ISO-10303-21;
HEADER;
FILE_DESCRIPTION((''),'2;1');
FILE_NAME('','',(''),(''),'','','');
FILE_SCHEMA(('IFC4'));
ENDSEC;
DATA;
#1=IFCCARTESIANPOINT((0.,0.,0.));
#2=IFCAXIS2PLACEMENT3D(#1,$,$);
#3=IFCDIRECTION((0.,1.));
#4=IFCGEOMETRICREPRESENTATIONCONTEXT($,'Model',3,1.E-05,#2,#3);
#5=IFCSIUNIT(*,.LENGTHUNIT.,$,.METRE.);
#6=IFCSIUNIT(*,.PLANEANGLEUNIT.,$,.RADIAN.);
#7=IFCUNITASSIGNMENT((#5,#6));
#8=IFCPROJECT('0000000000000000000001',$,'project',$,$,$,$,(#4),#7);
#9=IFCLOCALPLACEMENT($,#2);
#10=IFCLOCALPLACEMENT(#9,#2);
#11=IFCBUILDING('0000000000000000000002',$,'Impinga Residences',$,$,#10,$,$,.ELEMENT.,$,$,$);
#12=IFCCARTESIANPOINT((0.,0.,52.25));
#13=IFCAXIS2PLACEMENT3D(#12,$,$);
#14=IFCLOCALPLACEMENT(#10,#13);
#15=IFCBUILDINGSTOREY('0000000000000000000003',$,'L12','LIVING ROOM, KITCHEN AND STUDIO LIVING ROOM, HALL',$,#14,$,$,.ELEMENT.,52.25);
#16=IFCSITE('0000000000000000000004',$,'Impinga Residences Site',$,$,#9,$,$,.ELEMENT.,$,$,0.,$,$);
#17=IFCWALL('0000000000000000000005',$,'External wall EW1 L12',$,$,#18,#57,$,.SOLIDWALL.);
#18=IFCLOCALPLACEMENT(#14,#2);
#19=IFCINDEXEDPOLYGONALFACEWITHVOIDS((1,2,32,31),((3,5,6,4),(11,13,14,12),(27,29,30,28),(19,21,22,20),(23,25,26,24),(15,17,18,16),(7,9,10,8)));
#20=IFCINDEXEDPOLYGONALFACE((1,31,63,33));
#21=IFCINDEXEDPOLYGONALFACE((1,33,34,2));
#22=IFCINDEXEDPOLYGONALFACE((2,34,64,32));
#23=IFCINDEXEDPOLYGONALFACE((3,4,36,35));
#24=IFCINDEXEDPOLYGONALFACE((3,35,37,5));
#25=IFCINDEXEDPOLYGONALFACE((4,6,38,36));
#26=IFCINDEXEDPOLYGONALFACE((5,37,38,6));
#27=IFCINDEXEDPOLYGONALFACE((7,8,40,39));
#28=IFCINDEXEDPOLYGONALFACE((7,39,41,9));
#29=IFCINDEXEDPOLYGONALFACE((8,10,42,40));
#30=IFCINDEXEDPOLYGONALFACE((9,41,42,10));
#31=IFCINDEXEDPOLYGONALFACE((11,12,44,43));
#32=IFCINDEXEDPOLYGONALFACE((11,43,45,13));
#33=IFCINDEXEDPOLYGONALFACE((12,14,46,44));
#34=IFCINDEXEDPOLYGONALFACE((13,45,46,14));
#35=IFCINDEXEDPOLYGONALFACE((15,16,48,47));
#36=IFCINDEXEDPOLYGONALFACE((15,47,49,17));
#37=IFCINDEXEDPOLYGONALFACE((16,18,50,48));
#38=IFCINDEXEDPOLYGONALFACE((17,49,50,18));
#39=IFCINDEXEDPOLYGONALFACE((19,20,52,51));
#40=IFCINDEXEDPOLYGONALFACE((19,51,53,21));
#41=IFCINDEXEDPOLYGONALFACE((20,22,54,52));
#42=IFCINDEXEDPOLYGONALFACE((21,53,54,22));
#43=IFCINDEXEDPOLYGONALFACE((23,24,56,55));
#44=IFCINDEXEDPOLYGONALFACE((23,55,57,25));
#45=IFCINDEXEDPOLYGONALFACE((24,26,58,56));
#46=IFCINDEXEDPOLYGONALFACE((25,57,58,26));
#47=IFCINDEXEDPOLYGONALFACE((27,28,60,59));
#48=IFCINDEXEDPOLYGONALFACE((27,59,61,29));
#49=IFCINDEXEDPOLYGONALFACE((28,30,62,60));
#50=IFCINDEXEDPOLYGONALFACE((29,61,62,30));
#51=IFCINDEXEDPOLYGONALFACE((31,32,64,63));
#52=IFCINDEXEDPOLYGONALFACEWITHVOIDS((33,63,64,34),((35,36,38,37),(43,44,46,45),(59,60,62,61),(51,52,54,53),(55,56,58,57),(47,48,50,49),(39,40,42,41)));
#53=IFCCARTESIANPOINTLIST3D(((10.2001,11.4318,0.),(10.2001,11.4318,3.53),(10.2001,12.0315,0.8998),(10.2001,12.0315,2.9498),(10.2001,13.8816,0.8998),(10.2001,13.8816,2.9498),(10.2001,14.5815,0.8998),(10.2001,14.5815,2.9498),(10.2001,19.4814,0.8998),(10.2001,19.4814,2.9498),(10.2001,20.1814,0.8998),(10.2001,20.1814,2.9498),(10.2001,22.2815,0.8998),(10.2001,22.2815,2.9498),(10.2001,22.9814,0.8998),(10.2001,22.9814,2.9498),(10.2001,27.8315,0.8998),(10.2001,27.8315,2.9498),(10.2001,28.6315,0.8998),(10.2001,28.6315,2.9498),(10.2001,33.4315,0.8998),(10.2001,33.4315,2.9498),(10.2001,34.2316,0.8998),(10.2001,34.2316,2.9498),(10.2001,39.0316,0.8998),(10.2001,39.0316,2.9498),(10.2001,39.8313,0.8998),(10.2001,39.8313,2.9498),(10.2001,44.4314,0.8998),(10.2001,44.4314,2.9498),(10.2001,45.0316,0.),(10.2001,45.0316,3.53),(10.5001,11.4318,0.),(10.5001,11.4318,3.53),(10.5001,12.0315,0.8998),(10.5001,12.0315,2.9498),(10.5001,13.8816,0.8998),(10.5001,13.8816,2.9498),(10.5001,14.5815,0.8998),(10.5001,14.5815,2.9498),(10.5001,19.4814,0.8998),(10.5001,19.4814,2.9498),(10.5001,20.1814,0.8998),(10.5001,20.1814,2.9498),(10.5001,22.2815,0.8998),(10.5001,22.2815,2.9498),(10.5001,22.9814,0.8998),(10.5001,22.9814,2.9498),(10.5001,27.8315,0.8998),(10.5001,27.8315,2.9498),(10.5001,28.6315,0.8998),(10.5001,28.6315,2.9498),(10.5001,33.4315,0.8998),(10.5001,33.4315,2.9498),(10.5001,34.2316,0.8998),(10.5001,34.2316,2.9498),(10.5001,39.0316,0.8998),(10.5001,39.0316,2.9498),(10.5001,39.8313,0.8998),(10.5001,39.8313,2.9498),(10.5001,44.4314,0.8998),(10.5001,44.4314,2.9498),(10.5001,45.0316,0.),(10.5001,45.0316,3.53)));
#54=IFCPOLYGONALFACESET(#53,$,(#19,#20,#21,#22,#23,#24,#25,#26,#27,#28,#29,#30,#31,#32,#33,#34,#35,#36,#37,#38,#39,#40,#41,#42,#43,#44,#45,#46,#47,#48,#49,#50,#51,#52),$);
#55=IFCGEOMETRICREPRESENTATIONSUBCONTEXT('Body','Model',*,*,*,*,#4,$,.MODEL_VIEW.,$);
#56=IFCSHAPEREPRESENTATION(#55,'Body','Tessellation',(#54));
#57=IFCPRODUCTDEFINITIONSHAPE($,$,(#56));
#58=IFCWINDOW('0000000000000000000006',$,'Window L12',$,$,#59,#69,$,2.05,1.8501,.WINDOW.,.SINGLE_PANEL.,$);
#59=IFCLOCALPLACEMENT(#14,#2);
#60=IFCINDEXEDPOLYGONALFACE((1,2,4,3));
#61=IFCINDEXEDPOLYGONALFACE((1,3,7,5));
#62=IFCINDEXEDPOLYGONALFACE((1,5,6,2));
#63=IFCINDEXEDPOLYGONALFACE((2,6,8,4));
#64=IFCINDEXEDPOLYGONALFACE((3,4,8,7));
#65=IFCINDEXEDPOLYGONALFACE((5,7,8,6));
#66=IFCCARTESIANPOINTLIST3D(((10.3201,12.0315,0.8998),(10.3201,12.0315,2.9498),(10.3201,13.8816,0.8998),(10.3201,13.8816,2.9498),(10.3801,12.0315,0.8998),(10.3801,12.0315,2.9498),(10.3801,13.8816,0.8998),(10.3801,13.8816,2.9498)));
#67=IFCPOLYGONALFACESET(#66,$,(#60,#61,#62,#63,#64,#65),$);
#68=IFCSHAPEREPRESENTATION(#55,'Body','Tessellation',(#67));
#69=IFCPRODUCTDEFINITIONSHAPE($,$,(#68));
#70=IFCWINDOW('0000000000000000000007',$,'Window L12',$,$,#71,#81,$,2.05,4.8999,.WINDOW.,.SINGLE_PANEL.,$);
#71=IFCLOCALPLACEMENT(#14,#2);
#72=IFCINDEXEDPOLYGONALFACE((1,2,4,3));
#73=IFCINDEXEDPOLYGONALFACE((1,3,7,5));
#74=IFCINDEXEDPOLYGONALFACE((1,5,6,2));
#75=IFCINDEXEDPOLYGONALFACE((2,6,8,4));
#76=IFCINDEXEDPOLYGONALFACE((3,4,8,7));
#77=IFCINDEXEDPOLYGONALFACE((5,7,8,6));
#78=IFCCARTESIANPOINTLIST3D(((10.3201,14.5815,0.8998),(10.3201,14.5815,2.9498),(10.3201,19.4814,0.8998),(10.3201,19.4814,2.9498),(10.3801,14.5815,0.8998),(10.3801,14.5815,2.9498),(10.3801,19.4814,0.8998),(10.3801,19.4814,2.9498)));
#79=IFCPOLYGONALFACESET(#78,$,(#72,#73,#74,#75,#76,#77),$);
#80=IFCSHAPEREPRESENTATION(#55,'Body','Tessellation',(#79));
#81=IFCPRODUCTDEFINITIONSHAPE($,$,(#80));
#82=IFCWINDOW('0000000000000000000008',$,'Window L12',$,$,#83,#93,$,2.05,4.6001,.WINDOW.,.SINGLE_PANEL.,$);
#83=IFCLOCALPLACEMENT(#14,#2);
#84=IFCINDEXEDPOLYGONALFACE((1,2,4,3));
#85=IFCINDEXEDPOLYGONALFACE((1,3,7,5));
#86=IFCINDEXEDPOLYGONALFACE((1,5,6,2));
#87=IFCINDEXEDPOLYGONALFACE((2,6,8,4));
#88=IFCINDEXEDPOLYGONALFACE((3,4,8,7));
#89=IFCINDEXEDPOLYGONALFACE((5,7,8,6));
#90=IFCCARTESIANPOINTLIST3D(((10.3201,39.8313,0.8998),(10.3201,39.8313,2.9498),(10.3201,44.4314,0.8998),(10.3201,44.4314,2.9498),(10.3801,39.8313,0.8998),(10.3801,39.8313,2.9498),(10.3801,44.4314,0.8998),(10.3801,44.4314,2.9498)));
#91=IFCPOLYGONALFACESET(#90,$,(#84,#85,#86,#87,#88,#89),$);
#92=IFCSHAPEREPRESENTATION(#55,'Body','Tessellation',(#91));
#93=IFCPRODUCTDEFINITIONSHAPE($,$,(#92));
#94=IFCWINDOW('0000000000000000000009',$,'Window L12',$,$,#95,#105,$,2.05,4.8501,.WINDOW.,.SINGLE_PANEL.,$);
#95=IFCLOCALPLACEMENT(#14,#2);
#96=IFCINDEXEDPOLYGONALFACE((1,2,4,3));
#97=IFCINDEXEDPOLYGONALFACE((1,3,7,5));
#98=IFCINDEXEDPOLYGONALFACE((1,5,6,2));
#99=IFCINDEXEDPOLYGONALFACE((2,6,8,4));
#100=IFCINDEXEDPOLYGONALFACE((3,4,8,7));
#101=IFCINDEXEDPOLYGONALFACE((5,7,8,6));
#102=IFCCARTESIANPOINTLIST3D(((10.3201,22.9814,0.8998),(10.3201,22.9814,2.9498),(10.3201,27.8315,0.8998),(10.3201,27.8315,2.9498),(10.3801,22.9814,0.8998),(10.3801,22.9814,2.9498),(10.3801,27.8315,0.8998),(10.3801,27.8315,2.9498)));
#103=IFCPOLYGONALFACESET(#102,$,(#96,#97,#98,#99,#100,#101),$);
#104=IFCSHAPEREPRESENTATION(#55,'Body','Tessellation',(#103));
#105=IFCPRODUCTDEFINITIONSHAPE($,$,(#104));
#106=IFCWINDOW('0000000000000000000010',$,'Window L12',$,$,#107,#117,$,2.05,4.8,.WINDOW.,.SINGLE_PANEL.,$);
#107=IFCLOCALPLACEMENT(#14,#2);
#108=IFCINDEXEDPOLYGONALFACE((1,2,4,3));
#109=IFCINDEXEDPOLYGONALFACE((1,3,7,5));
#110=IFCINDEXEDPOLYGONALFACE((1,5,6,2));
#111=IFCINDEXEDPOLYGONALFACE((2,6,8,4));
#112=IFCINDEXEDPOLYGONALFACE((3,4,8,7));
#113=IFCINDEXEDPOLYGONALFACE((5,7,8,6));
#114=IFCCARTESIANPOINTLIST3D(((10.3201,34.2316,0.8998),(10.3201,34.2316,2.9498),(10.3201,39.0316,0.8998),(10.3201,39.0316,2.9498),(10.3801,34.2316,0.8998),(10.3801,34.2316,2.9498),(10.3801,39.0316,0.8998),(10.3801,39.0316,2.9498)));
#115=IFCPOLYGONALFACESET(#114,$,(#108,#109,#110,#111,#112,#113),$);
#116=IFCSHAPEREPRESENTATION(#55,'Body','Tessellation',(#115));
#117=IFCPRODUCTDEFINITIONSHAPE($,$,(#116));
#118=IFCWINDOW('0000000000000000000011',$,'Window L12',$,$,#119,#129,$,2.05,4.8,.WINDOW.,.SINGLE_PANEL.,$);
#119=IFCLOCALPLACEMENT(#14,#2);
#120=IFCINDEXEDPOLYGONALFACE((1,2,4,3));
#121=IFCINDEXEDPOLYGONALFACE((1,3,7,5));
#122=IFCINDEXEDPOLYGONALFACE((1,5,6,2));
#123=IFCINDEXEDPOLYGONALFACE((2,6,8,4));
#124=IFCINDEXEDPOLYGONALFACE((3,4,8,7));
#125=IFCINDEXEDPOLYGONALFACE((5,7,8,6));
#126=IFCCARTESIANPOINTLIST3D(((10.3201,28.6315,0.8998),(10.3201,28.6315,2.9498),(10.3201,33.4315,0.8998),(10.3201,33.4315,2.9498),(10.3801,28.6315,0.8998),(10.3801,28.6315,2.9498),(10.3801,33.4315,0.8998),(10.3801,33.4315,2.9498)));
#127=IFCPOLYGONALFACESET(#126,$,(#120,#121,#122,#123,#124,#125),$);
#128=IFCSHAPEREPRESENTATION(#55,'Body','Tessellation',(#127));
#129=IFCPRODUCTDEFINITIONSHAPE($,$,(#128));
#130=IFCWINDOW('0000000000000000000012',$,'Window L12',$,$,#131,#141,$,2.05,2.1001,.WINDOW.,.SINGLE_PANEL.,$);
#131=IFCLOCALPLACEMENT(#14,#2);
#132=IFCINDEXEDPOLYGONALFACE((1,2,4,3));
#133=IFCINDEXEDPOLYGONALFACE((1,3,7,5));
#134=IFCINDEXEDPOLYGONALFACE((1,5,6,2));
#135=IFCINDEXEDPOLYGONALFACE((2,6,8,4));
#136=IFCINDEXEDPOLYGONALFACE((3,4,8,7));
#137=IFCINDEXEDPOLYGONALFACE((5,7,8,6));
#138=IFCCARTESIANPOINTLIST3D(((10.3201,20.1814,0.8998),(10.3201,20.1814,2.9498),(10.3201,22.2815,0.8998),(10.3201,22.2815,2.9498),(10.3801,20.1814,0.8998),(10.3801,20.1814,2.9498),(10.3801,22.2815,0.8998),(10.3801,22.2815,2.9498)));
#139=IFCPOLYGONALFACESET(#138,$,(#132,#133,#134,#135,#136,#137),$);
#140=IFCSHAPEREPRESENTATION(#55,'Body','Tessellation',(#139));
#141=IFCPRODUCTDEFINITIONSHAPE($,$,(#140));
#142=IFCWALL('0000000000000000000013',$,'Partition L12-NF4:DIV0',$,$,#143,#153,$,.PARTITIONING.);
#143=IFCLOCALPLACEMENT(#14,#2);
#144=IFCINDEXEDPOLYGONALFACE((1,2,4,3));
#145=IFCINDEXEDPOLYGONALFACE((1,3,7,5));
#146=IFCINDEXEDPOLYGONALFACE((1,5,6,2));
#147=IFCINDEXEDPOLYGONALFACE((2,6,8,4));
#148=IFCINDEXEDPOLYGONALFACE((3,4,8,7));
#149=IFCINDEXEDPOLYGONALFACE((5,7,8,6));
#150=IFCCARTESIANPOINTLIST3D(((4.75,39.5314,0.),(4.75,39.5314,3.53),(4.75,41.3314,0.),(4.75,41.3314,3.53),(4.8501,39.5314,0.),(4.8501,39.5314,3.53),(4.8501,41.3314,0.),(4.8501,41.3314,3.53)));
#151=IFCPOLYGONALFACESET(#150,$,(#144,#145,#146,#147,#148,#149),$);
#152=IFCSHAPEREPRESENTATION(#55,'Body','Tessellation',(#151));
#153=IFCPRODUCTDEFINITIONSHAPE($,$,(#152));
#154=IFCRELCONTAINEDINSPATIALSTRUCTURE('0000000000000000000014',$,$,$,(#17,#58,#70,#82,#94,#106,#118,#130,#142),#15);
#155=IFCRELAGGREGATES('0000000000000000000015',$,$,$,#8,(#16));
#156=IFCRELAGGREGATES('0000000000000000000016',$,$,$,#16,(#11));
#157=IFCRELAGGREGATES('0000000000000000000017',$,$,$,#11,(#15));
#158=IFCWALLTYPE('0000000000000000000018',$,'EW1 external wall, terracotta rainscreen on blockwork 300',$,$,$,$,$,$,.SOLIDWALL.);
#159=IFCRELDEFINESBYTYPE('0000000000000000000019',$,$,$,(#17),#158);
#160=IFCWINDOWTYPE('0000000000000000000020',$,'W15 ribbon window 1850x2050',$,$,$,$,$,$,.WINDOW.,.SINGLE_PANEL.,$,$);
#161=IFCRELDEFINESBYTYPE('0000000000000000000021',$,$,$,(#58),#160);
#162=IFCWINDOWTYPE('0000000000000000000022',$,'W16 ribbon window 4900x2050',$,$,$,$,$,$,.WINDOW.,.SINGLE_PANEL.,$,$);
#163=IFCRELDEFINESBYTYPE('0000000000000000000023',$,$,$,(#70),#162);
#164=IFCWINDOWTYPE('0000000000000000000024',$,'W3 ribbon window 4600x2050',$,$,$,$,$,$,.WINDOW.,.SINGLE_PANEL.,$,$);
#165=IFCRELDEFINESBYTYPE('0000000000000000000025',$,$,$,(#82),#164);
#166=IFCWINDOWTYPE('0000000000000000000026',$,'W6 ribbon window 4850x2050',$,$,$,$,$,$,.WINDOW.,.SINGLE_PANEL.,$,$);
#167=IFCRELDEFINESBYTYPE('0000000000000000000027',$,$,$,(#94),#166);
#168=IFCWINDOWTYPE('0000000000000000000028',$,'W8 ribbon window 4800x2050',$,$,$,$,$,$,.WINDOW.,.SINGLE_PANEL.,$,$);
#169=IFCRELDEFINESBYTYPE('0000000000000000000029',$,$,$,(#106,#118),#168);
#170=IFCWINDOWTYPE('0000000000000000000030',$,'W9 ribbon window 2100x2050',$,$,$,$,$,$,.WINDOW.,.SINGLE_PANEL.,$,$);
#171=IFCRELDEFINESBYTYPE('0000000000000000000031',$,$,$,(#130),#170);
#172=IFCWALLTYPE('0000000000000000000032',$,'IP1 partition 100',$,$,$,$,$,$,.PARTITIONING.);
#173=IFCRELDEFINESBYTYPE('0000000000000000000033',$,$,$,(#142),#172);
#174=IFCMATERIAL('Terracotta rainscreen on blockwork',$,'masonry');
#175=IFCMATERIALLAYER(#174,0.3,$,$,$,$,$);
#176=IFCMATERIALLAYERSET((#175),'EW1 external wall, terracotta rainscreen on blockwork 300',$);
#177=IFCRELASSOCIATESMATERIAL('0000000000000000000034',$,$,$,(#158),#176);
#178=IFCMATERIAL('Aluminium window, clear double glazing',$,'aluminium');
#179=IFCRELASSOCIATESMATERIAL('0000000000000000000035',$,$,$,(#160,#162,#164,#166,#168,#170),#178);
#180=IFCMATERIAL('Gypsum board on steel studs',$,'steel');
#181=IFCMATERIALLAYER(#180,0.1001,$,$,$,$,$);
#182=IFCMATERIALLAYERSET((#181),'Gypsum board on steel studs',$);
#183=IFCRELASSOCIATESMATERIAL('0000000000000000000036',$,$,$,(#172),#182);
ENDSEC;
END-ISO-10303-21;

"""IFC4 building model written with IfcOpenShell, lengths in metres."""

from ifc_helpers import new_model, si_unit, direction, frame, frame_2d, origin, place, context, subcontext, project, spatial, rectangle, extrude, material, layer, layer_set, type_object, element, fill, save


model = new_model("IFC4")

# Units and contexts
model_context = context("Model", 3, precision=1e-05, world=origin(), true_north=direction((0.0, 1.0)))
body_context = subcontext(model_context, "Body", "Model", "MODEL_VIEW")
ifc_project = project(units=[si_unit("LENGTHUNIT", "METRE"), si_unit("PLANEANGLEUNIT", "RADIAN")], contexts=[model_context])

# Site, building, storey
site_placement = place(None, origin())
site = spatial("IfcSite", under=ifc_project, at=site_placement, Name="Impinga Residences Site", CompositionType="ELEMENT", RefElevation=0.0)
building_placement = place(site_placement, origin())
building = spatial("IfcBuilding", under=site, at=building_placement, Name="Impinga Residences", CompositionType="ELEMENT")
storey_placement = place(building_placement, frame((0.0, 0.0, 52.25)))
storey = spatial("IfcBuildingStorey", under=building, at=storey_placement, Name="L12", Description="LIVING ROOM, KITCHEN AND STUDIO LIVING ROOM, HALL", CompositionType="ELEMENT", Elevation=52.25)

# Shared definitions
ifc_material_1 = material(Name="Terracotta rainscreen on blockwork", Category="masonry")
ifc_layer_1 = layer(ifc_material_1, 0.3)
ifc_layer_set_1 = layer_set([ifc_layer_1], Name="EW1 external wall, terracotta rainscreen on blockwork 300")
wall_type_1 = type_object("IfcWallType", Name="EW1 external wall, terracotta rainscreen on blockwork 300", PredefinedType="SOLIDWALL", material=ifc_layer_set_1)

# Wall, openings, windows
wall_1_placement = place(storey_placement, frame((10.3501, 45.0315, 0.0), z_axis=(0.0, 0.0, 1.0), x_axis=(0.0, -1.0, 0.0)))
wall_1 = element("IfcWall", 1, at=wall_1_placement, inside=storey, type_object=wall_type_1, Name="External wall EW1 L12", PredefinedType="SOLIDWALL", context=body_context, shape_type="SweptSolid", body=[
    extrude(rectangle(XDim=33.5999, YDim=0.3, at=frame_2d((16.7998, 0.0))), origin(), (0.0, 0.0, 1.0), 3.53),
])
opening_1_placement = place(wall_1_placement, frame((0.6001, 0.0, 0.8999)))
opening_1 = element("IfcOpeningElement", 2, at=opening_1_placement, cuts=wall_1, PredefinedType="OPENING", context=body_context, shape_type="SweptSolid", body=[
    extrude(rectangle(XDim=4.6001, YDim=2.05, at=frame_2d((2.3, 1.0249))), frame((0.0, 0.1599, 0.0), z_axis=(0.0, -1.0, 0.0), x_axis=(1.0, 0.0, 0.0)), (0.0, 0.0, 1.0), 0.3201),
])
opening_2_placement = place(wall_1_placement, frame((6.0, 0.0, 0.8999)))
opening_2 = element("IfcOpeningElement", 3, at=opening_2_placement, cuts=wall_1, PredefinedType="OPENING", context=body_context, shape_type="SweptSolid", body=[
    extrude(rectangle(XDim=4.8, YDim=2.05, at=frame_2d((2.3999, 1.0249))), frame((0.0, 0.1599, 0.0), z_axis=(0.0, -1.0, 0.0), x_axis=(1.0, 0.0, 0.0)), (0.0, 0.0, 1.0), 0.3201),
])
opening_3_placement = place(wall_1_placement, frame((11.6001, 0.0, 0.8999)))
opening_3 = element("IfcOpeningElement", 4, at=opening_3_placement, cuts=wall_1, PredefinedType="OPENING", context=body_context, shape_type="SweptSolid", body=[
    extrude(rectangle(XDim=4.8, YDim=2.05, at=frame_2d((2.3999, 1.0249))), frame((0.0, 0.1599, 0.0), z_axis=(0.0, -1.0, 0.0), x_axis=(1.0, 0.0, 0.0)), (0.0, 0.0, 1.0), 0.3201),
])
opening_4_placement = place(wall_1_placement, frame((17.2, 0.0, 0.8999)))
opening_4 = element("IfcOpeningElement", 5, at=opening_4_placement, cuts=wall_1, PredefinedType="OPENING", context=body_context, shape_type="SweptSolid", body=[
    extrude(rectangle(XDim=4.8501, YDim=2.05, at=frame_2d((2.425, 1.0249))), frame((0.0, 0.1599, 0.0), z_axis=(0.0, -1.0, 0.0), x_axis=(1.0, 0.0, 0.0)), (0.0, 0.0, 1.0), 0.3201),
])
opening_5_placement = place(wall_1_placement, frame((22.75, 0.0, 0.8999)))
opening_5 = element("IfcOpeningElement", 6, at=opening_5_placement, cuts=wall_1, PredefinedType="OPENING", context=body_context, shape_type="SweptSolid", body=[
    extrude(rectangle(XDim=2.1001, YDim=2.05, at=frame_2d((1.05, 1.0249))), frame((0.0, 0.1599, 0.0), z_axis=(0.0, -1.0, 0.0), x_axis=(1.0, 0.0, 0.0)), (0.0, 0.0, 1.0), 0.3201),
])
opening_6_placement = place(wall_1_placement, frame((25.55, 0.0, 0.8999)))
opening_6 = element("IfcOpeningElement", 7, at=opening_6_placement, cuts=wall_1, PredefinedType="OPENING", context=body_context, shape_type="SweptSolid", body=[
    extrude(rectangle(XDim=4.8999, YDim=2.05, at=frame_2d((2.45, 1.0249))), frame((0.0, 0.1599, 0.0), z_axis=(0.0, -1.0, 0.0), x_axis=(1.0, 0.0, 0.0)), (0.0, 0.0, 1.0), 0.3201),
])
opening_7_placement = place(wall_1_placement, frame((31.1499, 0.0, 0.8999)))
opening_7 = element("IfcOpeningElement", 8, at=opening_7_placement, cuts=wall_1, PredefinedType="OPENING", context=body_context, shape_type="SweptSolid", body=[
    extrude(rectangle(XDim=1.8501, YDim=2.05, at=frame_2d((0.925, 1.0249))), frame((0.0, 0.1599, 0.0), z_axis=(0.0, -1.0, 0.0), x_axis=(1.0, 0.0, 0.0)), (0.0, 0.0, 1.0), 0.3201),
])
ifc_material_2 = material(Name="Aluminium window, clear double glazing", Category="aluminium")
window_type_1 = type_object("IfcWindowType", Name="W15 ribbon window 1850x2050", PartitioningType="SINGLE_PANEL", PredefinedType="WINDOW", material=ifc_material_2)
window_1_placement = place(opening_7_placement, origin())
window_1 = element("IfcWindow", 9, at=window_1_placement, inside=storey, type_object=window_type_1, Name="Window L12", OverallHeight=2.05, OverallWidth=1.8501, PartitioningType="SINGLE_PANEL", PredefinedType="WINDOW", context=body_context, shape_type="SweptSolid", body=[
    extrude(rectangle(XDim=1.8501, YDim=2.05, at=frame_2d((0.925, 1.0249))), frame((0.0, 0.03, 0.0), z_axis=(0.0, -1.0, 0.0), x_axis=(1.0, 0.0, 0.0)), (0.0, 0.0, 1.0), 0.0601),
])
fill(opening_7, window_1)
window_type_2 = type_object("IfcWindowType", Name="W16 ribbon window 4900x2050", PartitioningType="SINGLE_PANEL", PredefinedType="WINDOW", material=ifc_material_2)
window_2_placement = place(opening_6_placement, origin())
window_2 = element("IfcWindow", 10, at=window_2_placement, inside=storey, type_object=window_type_2, Name="Window L12", OverallHeight=2.05, OverallWidth=4.8999, PartitioningType="SINGLE_PANEL", PredefinedType="WINDOW", context=body_context, shape_type="SweptSolid", body=[
    extrude(rectangle(XDim=4.8999, YDim=2.05, at=frame_2d((2.45, 1.0249))), frame((0.0, 0.03, 0.0), z_axis=(0.0, -1.0, 0.0), x_axis=(1.0, 0.0, 0.0)), (0.0, 0.0, 1.0), 0.0601),
])
fill(opening_6, window_2)
window_type_3 = type_object("IfcWindowType", Name="W3 ribbon window 4600x2050", PartitioningType="SINGLE_PANEL", PredefinedType="WINDOW", material=ifc_material_2)
window_3_placement = place(opening_1_placement, origin())
window_3 = element("IfcWindow", 11, at=window_3_placement, inside=storey, type_object=window_type_3, Name="Window L12", OverallHeight=2.05, OverallWidth=4.6001, PartitioningType="SINGLE_PANEL", PredefinedType="WINDOW", context=body_context, shape_type="SweptSolid", body=[
    extrude(rectangle(XDim=4.6001, YDim=2.05, at=frame_2d((2.3, 1.0249))), frame((0.0, 0.03, 0.0), z_axis=(0.0, -1.0, 0.0), x_axis=(1.0, 0.0, 0.0)), (0.0, 0.0, 1.0), 0.0601),
])
fill(opening_1, window_3)
window_type_4 = type_object("IfcWindowType", Name="W6 ribbon window 4850x2050", PartitioningType="SINGLE_PANEL", PredefinedType="WINDOW", material=ifc_material_2)
window_4_placement = place(opening_4_placement, origin())
window_4 = element("IfcWindow", 12, at=window_4_placement, inside=storey, type_object=window_type_4, Name="Window L12", OverallHeight=2.05, OverallWidth=4.8501, PartitioningType="SINGLE_PANEL", PredefinedType="WINDOW", context=body_context, shape_type="SweptSolid", body=[
    extrude(rectangle(XDim=4.8501, YDim=2.05, at=frame_2d((2.425, 1.0249))), frame((0.0, 0.03, 0.0), z_axis=(0.0, -1.0, 0.0), x_axis=(1.0, 0.0, 0.0)), (0.0, 0.0, 1.0), 0.0601),
])
fill(opening_4, window_4)
window_type_5 = type_object("IfcWindowType", Name="W8 ribbon window 4800x2050", PartitioningType="SINGLE_PANEL", PredefinedType="WINDOW", material=ifc_material_2)
window_5_placement = place(opening_2_placement, origin())
window_5 = element("IfcWindow", 13, at=window_5_placement, inside=storey, type_object=window_type_5, Name="Window L12", OverallHeight=2.05, OverallWidth=4.8, PartitioningType="SINGLE_PANEL", PredefinedType="WINDOW", context=body_context, shape_type="SweptSolid", body=[
    extrude(rectangle(XDim=4.8, YDim=2.05, at=frame_2d((2.3999, 1.0249))), frame((0.0, 0.03, 0.0), z_axis=(0.0, -1.0, 0.0), x_axis=(1.0, 0.0, 0.0)), (0.0, 0.0, 1.0), 0.0601),
])
fill(opening_2, window_5)
window_6_placement = place(opening_3_placement, origin())
window_6 = element("IfcWindow", 14, at=window_6_placement, inside=storey, type_object=window_type_5, Name="Window L12", OverallHeight=2.05, OverallWidth=4.8, PartitioningType="SINGLE_PANEL", PredefinedType="WINDOW", context=body_context, shape_type="SweptSolid", body=[
    extrude(rectangle(XDim=4.8, YDim=2.05, at=frame_2d((2.3999, 1.0249))), frame((0.0, 0.03, 0.0), z_axis=(0.0, -1.0, 0.0), x_axis=(1.0, 0.0, 0.0)), (0.0, 0.0, 1.0), 0.0601),
])
fill(opening_3, window_6)
window_type_6 = type_object("IfcWindowType", Name="W9 ribbon window 2100x2050", PartitioningType="SINGLE_PANEL", PredefinedType="WINDOW", material=ifc_material_2)
window_7_placement = place(opening_5_placement, origin())
window_7 = element("IfcWindow", 15, at=window_7_placement, inside=storey, type_object=window_type_6, Name="Window L12", OverallHeight=2.05, OverallWidth=2.1001, PartitioningType="SINGLE_PANEL", PredefinedType="WINDOW", context=body_context, shape_type="SweptSolid", body=[
    extrude(rectangle(XDim=2.1001, YDim=2.05, at=frame_2d((1.05, 1.0249))), frame((0.0, 0.03, 0.0), z_axis=(0.0, -1.0, 0.0), x_axis=(1.0, 0.0, 0.0)), (0.0, 0.0, 1.0), 0.0601),
])
fill(opening_5, window_7)

# Wall
ifc_material_3 = material(Name="Gypsum board on steel studs", Category="steel")
ifc_layer_2 = layer(ifc_material_3, 0.1001)
ifc_layer_set_2 = layer_set([ifc_layer_2], Name="Gypsum board on steel studs")
wall_type_2 = type_object("IfcWallType", Name="IP1 partition 100", PredefinedType="PARTITIONING", material=ifc_layer_set_2)
wall_2_placement = place(storey_placement, frame((4.8, 39.5315, 0.0), z_axis=(0.0, 0.0, 1.0), x_axis=(0.0, 1.0, 0.0)))
element("IfcWall", 16, at=wall_2_placement, inside=storey, type_object=wall_type_2, Name="Partition L12-NF4:DIV0", PredefinedType="PARTITIONING", context=body_context, shape_type="SweptSolid", body=[
    extrude(rectangle(XDim=1.8, YDim=0.1001, at=frame_2d((0.8999, 0.0))), origin(), (0.0, 0.0, 1.0), 3.53),
])

save(model, "model.ifc")
